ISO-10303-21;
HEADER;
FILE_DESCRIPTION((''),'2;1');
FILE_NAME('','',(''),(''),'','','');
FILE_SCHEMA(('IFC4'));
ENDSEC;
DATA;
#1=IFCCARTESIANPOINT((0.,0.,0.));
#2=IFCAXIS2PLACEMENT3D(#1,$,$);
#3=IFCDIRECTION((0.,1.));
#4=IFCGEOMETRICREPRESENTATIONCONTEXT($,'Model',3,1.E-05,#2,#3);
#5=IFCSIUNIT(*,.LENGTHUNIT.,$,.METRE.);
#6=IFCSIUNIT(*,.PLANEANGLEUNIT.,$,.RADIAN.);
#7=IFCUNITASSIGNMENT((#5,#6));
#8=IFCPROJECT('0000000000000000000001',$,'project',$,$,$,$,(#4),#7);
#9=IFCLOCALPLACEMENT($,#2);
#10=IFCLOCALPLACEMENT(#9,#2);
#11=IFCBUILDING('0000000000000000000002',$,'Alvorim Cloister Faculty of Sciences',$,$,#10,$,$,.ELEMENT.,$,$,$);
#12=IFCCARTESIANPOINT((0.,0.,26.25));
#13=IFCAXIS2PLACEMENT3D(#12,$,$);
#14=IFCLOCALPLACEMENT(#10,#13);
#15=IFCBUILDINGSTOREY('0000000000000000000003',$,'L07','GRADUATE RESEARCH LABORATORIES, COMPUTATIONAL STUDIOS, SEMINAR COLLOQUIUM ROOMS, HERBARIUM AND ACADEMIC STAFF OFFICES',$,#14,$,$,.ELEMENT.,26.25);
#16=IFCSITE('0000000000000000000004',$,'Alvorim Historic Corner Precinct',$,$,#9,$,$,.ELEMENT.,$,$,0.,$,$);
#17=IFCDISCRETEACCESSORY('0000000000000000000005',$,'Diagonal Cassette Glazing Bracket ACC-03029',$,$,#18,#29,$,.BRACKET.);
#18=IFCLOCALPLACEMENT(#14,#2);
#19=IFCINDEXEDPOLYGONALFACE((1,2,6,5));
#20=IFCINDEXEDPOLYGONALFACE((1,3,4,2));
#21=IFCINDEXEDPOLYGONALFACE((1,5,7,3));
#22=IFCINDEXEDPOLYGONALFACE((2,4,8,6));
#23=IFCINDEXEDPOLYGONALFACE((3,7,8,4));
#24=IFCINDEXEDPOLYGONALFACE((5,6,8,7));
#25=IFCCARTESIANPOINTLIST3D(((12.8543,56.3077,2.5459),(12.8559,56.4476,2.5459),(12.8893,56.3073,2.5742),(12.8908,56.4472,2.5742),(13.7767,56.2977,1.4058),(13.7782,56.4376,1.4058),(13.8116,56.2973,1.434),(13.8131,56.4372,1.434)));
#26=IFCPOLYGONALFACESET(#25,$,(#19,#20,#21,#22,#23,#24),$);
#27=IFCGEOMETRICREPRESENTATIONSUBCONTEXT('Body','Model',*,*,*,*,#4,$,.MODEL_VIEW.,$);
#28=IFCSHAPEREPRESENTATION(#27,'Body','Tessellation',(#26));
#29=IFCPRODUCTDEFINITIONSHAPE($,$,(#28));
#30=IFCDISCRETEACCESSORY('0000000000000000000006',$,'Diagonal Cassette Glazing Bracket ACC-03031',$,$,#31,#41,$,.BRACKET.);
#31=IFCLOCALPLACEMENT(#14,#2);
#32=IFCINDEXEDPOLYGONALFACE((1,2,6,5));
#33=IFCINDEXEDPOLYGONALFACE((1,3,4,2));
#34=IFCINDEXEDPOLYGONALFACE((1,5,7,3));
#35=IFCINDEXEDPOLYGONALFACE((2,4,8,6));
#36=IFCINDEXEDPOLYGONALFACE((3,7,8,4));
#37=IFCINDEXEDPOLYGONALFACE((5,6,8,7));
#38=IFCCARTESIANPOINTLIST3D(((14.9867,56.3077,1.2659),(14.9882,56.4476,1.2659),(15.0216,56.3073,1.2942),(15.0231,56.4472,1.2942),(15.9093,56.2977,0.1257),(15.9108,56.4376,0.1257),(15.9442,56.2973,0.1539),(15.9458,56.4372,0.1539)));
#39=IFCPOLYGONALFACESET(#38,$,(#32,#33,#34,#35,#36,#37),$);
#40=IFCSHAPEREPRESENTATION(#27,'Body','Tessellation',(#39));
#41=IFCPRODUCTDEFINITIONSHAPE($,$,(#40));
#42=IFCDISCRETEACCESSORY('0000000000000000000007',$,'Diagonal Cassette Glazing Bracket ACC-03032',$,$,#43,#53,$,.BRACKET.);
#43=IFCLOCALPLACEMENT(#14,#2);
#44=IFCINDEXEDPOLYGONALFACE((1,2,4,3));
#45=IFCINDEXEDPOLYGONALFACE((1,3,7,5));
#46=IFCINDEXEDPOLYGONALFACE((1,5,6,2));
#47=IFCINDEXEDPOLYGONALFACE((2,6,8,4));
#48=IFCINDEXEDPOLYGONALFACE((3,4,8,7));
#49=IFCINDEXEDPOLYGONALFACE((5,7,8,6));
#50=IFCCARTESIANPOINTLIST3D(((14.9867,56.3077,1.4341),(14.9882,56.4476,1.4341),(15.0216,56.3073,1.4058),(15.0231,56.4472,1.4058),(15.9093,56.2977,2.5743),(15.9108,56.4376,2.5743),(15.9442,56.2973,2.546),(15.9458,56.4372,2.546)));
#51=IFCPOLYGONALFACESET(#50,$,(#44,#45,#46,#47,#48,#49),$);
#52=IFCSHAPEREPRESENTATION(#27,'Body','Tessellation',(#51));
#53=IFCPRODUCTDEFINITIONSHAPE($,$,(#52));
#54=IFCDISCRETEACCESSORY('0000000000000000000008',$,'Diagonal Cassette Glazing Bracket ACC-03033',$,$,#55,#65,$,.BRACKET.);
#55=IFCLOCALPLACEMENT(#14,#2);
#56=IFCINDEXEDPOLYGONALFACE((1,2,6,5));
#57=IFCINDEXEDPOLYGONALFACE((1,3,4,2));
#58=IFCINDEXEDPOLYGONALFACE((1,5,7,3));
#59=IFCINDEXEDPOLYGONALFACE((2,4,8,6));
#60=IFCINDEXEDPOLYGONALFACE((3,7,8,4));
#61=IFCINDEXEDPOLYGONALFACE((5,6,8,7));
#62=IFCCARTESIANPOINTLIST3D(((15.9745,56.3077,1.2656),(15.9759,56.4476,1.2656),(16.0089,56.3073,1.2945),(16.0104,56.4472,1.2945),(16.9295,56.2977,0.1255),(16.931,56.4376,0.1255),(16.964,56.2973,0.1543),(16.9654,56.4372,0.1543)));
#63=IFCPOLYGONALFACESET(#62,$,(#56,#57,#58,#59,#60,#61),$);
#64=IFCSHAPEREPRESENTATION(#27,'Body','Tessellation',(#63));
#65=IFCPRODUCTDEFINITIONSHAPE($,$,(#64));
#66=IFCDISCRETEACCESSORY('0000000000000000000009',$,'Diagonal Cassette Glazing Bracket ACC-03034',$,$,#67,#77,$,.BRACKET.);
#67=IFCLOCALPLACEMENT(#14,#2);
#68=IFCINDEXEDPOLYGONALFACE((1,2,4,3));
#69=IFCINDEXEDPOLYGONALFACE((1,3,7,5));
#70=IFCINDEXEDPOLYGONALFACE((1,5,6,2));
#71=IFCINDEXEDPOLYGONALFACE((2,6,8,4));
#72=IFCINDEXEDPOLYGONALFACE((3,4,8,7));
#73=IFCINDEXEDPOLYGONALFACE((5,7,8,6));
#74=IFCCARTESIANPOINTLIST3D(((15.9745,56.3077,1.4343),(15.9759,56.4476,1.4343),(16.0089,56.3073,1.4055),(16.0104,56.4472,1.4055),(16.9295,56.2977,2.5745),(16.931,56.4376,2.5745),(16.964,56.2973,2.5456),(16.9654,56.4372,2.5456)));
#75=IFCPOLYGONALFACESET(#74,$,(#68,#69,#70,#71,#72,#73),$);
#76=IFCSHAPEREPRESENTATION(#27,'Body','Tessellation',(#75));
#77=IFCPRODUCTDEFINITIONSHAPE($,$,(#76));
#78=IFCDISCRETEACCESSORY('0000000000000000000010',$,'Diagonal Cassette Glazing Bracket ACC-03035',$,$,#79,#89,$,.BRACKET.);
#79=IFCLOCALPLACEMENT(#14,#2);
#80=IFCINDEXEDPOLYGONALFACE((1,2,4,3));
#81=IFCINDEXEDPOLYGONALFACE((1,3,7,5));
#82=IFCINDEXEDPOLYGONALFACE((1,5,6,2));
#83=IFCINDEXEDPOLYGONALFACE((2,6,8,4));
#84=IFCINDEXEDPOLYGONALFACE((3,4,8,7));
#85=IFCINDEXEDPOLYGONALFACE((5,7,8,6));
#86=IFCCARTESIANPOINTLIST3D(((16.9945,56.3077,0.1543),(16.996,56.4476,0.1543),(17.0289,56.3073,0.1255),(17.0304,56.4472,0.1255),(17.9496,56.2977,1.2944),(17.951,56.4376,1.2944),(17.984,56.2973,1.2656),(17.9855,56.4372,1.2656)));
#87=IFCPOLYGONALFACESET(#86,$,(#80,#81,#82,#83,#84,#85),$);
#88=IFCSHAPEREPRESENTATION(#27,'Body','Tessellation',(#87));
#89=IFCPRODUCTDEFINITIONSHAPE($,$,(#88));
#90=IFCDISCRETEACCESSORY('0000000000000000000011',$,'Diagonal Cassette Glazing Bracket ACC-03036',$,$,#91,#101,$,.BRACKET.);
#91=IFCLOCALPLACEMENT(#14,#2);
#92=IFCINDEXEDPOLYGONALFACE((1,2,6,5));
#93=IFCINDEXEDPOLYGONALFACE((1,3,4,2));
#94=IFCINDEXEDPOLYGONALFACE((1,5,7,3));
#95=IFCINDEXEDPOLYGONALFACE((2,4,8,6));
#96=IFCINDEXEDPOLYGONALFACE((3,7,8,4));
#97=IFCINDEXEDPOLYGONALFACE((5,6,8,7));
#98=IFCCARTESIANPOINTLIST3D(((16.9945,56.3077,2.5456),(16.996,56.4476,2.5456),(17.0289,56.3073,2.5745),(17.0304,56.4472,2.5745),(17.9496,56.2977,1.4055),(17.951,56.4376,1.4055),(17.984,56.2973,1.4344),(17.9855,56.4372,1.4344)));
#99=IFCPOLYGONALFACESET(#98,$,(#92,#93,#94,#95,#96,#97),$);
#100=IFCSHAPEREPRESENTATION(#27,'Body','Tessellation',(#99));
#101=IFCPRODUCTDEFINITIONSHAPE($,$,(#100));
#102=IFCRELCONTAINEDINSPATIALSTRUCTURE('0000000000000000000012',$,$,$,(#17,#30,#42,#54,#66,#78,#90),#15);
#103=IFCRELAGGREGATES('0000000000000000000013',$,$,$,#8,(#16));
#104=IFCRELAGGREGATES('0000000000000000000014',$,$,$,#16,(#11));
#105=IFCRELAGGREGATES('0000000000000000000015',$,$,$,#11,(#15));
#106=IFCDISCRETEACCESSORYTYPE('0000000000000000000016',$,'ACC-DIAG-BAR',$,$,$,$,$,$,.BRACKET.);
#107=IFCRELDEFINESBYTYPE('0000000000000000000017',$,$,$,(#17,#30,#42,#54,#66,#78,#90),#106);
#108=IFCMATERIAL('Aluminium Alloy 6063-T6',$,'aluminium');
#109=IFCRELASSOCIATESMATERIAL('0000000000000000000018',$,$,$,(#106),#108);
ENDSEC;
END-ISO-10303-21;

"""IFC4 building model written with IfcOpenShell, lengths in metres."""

from ifc_helpers import new_model, si_unit, direction, frame, origin, origin_2d, place, context, subcontext, project, spatial, rectangle, extrude, material, type_object, element, save


model = new_model("IFC4")

# Units and contexts
model_context = context("Model", 3, precision=1e-05, world=origin(), true_north=direction((0.0, 1.0)))
body_context = subcontext(model_context, "Body", "Model", "MODEL_VIEW")
ifc_project = project(units=[si_unit("LENGTHUNIT", "METRE"), si_unit("PLANEANGLEUNIT", "RADIAN")], contexts=[model_context])

# Site, building, storey
site_placement = place(None, origin())
site = spatial("IfcSite", under=ifc_project, at=site_placement, Name="Alvorim Historic Corner Precinct", CompositionType="ELEMENT", RefElevation=0.0)
building_placement = place(site_placement, origin())
building = spatial("IfcBuilding", under=site, at=building_placement, Name="Alvorim Cloister Faculty of Sciences", CompositionType="ELEMENT")
storey_placement = place(building_placement, frame((0.0, 0.0, 26.25)))
storey = spatial("IfcBuildingStorey", under=building, at=storey_placement, Name="L07", Description="GRADUATE RESEARCH LABORATORIES, COMPUTATIONAL STUDIOS, SEMINAR COLLOQUIUM ROOMS, HERBARIUM AND ACADEMIC STAFF OFFICES", CompositionType="ELEMENT", Elevation=26.25)

# Shared definitions
ifc_material_1 = material(Name="Aluminium Alloy 6063-T6", Category="aluminium")

# Discrete accessories
discrete_accessory_type = type_object("IfcDiscreteAccessoryType", Name="ACC-DIAG-BAR", PredefinedType="BRACKET", material=ifc_material_1)
discrete_accessory_placement = place(storey_placement, frame((12.8726, 56.3774, 2.5601), z_axis=(0.628935, -0.006825, -0.777428), x_axis=(0.010852, 0.999941, 0.0)))
element("IfcDiscreteAccessory", 1, at=discrete_accessory_placement, inside=storey, type_object=discrete_accessory_type, Name="Diagonal Cassette Glazing Bracket ACC-03029", PredefinedType="BRACKET", context=body_context, shape_type="SweptSolid", body=[
    extrude(rectangle(XDim=0.1399, YDim=0.0449, at=origin_2d()), origin(), (0.0, 0.0, 1.0), 1.4666),
])
for number, where, z_axis, x_axis, name in (
    (2, (15.0049, 56.3774, 1.28), (0.629035, -0.006825, -0.777347), (0.010849, 0.999941, 0.0), "Diagonal Cassette Glazing Bracket ACC-03031"),
    (3, (15.0049, 56.3774, 1.4199), (0.629035, -0.006825, 0.777347), (0.010849, 0.999941, 0.0), "Diagonal Cassette Glazing Bracket ACC-03032"),
):
    element("IfcDiscreteAccessory", number, at=place(storey_placement, frame(where, z_axis=z_axis, x_axis=x_axis)), inside=storey, type_object=discrete_accessory_type, Name=name, PredefinedType="BRACKET", context=body_context, shape_type="SweptSolid", body=[
        extrude(rectangle(XDim=0.1399, YDim=0.0449, at=origin_2d()), origin(), (0.0, 0.0, 1.0), 1.4668),
    ])
for number, where, z_axis, x_axis, name in (
    (4, (15.9924, 56.3774, 1.28), (0.642138, -0.00673, -0.76656), (0.01048, 0.999945, 0.0), "Diagonal Cassette Glazing Bracket ACC-03033"),
    (5, (15.9924, 56.3774, 1.4199), (0.642138, -0.00673, 0.76656), (0.01048, 0.999945, 0.0), "Diagonal Cassette Glazing Bracket ACC-03034"),
    (6, (17.0125, 56.3774, 0.1399), (0.642138, -0.00673, 0.76656), (0.01048, 0.999945, 0.0), "Diagonal Cassette Glazing Bracket ACC-03035"),
    (7, (17.0125, 56.3774, 2.5601), (0.642138, -0.00673, -0.76656), (0.01048, 0.999945, 0.0), "Diagonal Cassette Glazing Bracket ACC-03036"),
):
    element("IfcDiscreteAccessory", number, at=place(storey_placement, frame(where, z_axis=z_axis, x_axis=x_axis)), inside=storey, type_object=discrete_accessory_type, Name=name, PredefinedType="BRACKET", context=body_context, shape_type="SweptSolid", body=[
        extrude(rectangle(XDim=0.1399, YDim=0.0449, at=origin_2d()), origin(), (0.0, 0.0, 1.0), 1.4873),
    ])

save(model, "model.ifc")
